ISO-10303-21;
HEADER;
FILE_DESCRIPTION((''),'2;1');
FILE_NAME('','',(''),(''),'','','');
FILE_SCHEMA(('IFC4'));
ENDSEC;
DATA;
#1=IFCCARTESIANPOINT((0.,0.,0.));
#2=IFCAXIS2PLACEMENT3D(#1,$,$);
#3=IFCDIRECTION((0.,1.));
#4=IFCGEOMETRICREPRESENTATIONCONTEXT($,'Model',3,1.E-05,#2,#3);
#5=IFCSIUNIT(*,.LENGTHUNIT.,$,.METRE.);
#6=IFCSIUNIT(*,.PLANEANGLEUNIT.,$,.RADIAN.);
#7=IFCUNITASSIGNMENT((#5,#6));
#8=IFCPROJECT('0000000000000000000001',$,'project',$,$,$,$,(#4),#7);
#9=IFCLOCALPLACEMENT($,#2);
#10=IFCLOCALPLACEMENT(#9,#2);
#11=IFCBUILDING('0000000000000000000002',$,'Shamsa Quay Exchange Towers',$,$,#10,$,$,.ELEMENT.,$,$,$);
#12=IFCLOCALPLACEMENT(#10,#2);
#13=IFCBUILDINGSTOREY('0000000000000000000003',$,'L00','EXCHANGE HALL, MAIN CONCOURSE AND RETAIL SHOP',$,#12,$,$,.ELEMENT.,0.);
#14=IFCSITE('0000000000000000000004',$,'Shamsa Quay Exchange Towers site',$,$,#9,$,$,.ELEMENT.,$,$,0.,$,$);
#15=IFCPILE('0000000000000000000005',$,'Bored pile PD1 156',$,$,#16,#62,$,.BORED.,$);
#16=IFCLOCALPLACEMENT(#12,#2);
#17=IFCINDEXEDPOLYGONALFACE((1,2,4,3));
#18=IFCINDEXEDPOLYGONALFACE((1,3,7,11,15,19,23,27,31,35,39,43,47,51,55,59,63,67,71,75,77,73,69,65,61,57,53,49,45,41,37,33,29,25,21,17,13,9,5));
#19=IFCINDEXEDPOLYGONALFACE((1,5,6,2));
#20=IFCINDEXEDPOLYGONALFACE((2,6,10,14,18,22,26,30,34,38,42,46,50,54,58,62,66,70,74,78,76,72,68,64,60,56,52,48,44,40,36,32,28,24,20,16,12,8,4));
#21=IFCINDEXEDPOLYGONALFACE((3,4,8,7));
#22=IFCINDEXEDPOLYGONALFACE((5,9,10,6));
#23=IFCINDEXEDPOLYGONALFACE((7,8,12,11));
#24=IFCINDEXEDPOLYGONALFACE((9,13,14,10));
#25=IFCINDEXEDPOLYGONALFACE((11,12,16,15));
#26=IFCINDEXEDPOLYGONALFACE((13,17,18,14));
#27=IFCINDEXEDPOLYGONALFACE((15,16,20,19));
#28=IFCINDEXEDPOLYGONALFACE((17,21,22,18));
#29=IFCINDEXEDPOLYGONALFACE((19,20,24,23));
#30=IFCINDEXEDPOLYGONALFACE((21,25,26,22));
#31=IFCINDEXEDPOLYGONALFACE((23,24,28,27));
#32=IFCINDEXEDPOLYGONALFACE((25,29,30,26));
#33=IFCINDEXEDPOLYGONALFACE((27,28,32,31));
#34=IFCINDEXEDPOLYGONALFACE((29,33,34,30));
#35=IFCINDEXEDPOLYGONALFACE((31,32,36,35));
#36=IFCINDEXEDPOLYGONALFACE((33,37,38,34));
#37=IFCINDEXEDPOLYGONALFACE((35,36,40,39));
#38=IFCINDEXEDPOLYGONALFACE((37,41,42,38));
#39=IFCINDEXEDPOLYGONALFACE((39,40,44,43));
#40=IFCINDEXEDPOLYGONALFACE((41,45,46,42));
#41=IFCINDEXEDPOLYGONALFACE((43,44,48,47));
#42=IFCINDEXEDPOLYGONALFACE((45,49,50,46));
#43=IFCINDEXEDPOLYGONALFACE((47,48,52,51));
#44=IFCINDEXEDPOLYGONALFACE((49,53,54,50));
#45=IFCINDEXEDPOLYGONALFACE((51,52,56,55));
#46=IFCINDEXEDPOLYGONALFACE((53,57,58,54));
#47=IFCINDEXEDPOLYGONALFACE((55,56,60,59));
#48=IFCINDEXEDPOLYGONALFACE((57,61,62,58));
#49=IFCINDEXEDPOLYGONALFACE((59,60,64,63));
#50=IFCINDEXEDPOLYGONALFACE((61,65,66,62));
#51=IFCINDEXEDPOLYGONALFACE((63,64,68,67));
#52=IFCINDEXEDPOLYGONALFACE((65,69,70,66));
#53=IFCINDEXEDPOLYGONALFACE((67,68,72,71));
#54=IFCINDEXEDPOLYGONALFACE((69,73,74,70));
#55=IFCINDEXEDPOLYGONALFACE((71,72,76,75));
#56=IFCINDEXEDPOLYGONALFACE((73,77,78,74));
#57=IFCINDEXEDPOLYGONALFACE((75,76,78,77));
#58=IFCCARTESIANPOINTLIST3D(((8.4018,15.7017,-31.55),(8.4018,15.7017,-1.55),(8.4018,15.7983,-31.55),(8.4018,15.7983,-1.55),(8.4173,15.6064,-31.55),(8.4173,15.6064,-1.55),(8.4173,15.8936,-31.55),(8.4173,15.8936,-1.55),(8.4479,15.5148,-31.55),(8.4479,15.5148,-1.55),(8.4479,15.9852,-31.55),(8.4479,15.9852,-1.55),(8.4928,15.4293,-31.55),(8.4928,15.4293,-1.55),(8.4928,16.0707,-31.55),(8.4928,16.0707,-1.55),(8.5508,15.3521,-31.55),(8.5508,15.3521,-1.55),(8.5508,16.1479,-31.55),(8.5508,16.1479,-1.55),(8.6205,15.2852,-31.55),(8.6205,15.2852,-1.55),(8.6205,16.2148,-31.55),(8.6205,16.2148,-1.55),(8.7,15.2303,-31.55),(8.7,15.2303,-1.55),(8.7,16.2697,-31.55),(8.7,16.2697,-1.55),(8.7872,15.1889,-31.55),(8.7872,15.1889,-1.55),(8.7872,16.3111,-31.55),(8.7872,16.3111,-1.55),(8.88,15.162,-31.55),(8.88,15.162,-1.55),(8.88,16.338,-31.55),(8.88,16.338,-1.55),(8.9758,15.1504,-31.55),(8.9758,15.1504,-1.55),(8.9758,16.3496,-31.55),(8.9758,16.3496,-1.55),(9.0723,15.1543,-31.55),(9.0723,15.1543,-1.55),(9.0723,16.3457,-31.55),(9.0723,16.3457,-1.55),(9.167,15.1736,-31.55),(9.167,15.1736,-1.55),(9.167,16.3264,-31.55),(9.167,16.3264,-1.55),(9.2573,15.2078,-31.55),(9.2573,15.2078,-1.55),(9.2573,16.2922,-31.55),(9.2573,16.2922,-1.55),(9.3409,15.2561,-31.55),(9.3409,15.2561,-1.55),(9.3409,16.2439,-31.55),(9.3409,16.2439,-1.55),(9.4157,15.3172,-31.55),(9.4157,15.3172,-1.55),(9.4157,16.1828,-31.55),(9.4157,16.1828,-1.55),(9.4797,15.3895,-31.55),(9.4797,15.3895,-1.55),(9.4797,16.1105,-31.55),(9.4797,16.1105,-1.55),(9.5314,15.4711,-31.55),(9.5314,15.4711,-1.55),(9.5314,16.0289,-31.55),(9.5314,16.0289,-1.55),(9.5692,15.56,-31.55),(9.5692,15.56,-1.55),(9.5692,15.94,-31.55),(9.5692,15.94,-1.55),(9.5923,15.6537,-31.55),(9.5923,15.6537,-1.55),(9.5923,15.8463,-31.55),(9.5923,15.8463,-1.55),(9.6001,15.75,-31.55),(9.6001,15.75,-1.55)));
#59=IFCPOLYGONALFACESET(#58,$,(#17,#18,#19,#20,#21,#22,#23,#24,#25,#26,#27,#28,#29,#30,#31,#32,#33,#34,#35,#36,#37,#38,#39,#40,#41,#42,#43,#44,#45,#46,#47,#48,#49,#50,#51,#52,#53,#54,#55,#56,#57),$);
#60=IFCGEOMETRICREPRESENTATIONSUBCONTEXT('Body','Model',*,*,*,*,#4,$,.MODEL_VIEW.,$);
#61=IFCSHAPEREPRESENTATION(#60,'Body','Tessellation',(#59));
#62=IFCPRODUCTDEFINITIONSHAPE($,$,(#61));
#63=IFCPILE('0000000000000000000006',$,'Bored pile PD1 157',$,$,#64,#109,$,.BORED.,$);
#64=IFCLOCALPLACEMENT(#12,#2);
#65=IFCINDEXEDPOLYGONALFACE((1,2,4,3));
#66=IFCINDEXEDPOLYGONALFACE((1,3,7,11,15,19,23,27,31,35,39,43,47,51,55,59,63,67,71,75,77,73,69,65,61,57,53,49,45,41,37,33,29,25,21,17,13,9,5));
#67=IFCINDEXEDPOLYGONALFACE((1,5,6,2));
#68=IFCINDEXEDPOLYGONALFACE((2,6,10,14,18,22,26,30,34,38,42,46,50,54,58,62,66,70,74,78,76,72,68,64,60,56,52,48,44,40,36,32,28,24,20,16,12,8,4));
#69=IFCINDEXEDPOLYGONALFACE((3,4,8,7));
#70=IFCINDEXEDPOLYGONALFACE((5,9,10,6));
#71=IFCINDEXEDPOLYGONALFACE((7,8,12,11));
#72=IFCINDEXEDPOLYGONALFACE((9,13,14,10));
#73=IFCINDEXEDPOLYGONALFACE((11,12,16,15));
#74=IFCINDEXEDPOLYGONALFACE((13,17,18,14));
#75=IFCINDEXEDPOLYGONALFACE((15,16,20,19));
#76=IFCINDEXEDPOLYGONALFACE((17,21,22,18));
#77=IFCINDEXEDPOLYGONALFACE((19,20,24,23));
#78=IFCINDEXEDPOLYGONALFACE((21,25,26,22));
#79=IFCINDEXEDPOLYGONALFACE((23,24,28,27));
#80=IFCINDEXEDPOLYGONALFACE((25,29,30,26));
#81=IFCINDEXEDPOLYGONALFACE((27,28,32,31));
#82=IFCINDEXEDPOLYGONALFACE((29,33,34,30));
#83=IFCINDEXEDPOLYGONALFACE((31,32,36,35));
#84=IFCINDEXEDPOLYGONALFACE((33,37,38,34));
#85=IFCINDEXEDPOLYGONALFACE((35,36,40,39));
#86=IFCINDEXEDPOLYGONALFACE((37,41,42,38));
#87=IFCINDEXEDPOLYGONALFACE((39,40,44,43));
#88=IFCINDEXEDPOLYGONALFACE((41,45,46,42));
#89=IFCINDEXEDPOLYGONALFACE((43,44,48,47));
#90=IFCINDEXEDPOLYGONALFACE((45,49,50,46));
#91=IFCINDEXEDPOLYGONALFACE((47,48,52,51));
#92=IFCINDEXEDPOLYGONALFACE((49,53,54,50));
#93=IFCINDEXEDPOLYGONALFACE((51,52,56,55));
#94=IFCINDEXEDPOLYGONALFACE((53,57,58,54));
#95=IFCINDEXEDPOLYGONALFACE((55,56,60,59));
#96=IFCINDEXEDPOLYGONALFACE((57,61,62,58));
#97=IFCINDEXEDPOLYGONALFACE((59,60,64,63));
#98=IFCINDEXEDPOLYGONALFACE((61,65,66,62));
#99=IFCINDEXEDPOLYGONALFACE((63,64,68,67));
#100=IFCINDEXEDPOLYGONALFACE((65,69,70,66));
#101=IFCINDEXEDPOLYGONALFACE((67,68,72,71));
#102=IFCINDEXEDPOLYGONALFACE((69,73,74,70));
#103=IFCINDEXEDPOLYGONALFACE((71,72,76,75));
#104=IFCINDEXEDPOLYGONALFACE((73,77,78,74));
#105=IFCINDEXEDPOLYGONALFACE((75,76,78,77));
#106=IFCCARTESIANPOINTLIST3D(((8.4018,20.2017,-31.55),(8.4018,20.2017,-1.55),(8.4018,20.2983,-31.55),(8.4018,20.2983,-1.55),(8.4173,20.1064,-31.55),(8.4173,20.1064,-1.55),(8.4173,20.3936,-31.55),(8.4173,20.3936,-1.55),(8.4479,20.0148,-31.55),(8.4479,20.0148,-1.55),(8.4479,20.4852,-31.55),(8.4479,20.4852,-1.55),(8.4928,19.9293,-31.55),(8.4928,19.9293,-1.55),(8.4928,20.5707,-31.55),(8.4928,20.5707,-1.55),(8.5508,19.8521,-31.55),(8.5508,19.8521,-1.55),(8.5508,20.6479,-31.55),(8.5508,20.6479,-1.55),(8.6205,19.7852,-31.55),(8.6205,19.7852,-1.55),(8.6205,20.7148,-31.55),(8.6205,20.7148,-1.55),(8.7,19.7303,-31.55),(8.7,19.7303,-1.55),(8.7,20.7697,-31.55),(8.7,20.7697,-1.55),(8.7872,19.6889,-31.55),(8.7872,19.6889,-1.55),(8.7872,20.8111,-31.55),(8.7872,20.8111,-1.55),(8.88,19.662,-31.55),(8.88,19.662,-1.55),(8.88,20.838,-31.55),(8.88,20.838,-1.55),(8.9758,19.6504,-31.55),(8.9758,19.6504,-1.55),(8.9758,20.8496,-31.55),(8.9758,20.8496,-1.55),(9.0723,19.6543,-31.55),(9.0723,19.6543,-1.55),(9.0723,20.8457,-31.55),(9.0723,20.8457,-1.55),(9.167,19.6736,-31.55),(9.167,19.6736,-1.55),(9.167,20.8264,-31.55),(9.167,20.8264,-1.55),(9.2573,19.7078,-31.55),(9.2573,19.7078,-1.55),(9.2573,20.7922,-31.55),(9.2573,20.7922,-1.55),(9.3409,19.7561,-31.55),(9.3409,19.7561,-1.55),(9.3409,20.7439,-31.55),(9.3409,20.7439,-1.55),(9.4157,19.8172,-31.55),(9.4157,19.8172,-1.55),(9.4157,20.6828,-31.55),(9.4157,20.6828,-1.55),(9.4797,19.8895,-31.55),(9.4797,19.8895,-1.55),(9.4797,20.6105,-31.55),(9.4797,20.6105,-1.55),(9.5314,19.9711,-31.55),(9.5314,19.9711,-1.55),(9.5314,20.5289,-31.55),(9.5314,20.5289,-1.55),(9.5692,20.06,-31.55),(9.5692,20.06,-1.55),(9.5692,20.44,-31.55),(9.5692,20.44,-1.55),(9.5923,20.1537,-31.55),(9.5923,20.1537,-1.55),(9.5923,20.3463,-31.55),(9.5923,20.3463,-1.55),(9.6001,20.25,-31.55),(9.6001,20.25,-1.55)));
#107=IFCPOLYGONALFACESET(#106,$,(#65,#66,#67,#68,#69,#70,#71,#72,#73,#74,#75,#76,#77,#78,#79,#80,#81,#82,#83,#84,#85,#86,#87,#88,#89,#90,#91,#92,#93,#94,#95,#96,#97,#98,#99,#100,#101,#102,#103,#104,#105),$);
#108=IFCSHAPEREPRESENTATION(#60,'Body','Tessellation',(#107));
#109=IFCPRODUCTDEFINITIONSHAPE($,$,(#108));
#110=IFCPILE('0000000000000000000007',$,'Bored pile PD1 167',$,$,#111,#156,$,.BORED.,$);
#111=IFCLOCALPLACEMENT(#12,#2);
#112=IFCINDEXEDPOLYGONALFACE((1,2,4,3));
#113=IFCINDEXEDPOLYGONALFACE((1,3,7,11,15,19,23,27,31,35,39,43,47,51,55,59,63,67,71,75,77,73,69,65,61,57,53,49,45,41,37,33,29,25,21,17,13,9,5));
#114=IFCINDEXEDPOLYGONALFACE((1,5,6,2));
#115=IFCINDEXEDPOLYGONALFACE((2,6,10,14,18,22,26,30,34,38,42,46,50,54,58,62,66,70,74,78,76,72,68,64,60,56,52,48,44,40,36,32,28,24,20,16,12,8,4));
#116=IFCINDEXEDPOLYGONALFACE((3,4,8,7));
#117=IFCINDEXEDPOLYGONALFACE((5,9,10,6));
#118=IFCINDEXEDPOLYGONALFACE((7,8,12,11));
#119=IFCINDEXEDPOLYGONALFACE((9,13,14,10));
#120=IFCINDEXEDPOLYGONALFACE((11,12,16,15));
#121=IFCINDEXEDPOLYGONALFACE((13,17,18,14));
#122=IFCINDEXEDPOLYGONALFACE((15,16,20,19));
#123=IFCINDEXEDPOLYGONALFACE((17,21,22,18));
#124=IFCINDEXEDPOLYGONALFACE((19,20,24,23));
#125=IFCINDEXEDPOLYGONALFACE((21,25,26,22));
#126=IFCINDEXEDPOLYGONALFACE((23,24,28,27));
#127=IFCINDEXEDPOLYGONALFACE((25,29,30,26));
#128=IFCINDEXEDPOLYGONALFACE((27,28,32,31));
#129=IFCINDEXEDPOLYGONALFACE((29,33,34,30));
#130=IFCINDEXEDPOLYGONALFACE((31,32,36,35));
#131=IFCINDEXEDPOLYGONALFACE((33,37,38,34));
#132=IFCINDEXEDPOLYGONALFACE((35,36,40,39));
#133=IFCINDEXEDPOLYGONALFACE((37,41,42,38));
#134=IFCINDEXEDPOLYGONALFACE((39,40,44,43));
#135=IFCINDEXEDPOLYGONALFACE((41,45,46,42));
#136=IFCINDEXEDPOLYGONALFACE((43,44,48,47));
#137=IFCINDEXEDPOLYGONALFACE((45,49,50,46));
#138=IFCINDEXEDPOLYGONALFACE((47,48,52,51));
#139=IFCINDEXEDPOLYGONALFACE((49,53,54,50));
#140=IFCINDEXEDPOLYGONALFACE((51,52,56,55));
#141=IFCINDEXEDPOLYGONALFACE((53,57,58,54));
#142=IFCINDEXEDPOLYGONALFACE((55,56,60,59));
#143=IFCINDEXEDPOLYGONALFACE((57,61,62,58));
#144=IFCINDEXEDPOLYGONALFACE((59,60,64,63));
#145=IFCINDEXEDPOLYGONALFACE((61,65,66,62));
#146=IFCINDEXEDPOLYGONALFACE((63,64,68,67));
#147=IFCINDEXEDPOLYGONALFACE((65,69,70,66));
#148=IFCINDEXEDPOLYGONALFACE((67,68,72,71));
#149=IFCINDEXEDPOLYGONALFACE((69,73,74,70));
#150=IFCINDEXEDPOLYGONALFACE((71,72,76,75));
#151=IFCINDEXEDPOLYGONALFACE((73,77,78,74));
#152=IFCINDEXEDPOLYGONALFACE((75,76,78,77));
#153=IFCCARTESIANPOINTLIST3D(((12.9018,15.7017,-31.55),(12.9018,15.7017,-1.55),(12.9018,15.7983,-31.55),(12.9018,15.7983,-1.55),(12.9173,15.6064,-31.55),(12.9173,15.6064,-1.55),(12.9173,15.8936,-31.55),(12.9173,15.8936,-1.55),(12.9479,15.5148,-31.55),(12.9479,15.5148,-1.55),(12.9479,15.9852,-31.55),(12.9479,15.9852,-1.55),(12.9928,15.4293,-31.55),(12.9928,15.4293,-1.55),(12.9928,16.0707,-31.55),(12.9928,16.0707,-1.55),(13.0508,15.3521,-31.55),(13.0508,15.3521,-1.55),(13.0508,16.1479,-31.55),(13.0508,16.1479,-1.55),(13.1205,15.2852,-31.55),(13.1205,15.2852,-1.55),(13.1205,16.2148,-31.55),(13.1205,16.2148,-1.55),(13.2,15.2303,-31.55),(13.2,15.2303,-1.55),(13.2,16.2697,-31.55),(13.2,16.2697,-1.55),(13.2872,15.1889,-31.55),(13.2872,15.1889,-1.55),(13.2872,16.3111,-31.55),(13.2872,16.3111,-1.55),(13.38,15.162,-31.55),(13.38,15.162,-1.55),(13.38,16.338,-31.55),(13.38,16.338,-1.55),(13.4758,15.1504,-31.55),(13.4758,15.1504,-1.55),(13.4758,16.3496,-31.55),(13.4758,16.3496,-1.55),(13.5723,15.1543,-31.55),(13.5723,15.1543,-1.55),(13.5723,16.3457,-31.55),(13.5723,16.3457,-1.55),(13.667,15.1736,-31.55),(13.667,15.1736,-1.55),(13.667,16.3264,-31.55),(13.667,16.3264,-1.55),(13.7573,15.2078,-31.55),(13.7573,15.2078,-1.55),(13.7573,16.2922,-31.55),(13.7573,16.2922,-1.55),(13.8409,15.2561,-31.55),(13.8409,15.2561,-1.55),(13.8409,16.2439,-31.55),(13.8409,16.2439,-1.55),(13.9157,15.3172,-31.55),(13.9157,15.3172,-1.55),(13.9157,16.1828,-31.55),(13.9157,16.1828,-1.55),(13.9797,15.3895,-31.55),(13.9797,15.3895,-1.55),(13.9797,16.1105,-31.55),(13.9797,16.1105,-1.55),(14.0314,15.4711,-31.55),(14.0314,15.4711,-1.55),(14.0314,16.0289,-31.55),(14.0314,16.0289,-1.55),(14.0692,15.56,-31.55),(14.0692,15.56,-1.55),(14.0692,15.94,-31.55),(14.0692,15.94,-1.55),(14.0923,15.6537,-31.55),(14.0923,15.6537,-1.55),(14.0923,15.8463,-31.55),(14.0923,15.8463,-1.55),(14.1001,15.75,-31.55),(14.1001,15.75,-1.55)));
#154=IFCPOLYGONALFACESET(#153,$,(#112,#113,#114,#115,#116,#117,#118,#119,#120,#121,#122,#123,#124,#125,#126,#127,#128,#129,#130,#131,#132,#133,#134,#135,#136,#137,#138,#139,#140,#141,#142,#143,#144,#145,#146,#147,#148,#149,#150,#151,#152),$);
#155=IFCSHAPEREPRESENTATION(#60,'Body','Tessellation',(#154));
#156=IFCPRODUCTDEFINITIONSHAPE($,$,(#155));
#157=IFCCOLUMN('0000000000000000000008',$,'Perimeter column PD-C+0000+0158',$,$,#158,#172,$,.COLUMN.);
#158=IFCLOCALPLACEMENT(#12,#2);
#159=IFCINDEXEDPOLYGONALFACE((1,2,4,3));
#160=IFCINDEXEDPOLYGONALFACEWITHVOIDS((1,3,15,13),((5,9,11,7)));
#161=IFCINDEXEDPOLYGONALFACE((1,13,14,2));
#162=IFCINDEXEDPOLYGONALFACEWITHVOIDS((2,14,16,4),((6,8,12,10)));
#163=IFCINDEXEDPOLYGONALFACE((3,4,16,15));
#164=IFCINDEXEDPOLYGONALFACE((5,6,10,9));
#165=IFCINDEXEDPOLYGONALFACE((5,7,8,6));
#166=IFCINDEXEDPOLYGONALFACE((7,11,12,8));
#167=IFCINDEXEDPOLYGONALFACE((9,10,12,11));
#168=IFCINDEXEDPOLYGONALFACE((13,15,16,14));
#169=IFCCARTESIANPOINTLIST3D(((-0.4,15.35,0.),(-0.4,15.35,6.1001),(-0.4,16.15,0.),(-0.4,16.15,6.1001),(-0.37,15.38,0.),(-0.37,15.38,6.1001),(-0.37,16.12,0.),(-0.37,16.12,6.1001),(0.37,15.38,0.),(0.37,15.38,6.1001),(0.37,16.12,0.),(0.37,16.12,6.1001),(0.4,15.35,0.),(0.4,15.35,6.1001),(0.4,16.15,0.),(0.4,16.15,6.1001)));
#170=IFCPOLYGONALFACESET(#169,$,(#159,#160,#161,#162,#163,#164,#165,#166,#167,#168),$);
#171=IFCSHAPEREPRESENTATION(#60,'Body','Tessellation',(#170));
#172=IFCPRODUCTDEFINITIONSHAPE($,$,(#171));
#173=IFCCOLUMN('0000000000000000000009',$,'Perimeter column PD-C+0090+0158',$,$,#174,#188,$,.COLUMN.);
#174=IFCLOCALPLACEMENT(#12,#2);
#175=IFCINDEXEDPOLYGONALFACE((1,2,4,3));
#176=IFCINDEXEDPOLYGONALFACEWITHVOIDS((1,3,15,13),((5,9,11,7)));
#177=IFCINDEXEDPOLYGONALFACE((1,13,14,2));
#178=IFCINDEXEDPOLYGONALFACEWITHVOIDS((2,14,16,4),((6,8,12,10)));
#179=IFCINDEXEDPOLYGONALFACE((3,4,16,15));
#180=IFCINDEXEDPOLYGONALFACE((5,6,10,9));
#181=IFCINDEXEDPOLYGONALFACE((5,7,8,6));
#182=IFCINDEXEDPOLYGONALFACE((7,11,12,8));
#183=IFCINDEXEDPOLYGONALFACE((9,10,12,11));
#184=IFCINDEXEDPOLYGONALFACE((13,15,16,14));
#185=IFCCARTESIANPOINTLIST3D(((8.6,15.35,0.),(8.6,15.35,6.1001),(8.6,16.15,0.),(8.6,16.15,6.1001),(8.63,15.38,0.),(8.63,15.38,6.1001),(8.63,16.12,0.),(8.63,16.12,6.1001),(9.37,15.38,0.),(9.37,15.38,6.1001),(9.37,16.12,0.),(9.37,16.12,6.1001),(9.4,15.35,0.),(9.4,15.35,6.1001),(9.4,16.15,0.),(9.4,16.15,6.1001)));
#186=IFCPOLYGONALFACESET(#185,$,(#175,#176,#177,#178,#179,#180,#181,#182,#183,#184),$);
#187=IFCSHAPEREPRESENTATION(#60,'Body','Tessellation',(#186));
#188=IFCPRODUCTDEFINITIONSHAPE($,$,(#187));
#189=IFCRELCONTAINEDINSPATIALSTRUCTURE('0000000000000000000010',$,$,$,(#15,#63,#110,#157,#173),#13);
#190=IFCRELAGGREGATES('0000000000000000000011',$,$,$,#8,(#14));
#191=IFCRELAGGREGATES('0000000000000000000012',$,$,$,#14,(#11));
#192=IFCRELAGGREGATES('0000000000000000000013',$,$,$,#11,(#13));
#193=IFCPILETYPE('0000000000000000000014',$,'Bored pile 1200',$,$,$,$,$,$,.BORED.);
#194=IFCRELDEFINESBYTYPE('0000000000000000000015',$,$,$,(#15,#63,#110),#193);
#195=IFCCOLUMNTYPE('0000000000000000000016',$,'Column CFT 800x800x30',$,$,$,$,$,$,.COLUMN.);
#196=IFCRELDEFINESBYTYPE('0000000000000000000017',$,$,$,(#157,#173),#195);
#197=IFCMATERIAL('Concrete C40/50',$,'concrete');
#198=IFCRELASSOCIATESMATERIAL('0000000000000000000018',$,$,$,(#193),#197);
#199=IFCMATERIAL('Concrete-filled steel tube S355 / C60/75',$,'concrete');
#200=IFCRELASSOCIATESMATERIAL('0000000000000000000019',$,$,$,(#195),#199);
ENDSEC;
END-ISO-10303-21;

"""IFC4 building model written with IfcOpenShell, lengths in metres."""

from ifc_helpers import new_model, si_unit, direction, frame, origin, origin_2d, place, context, subcontext, project, spatial, hollow_rectangle, circle, extrude, material, material_profile, profile_set, type_object, element, save


model = new_model("IFC4")

# Units and contexts
model_context = context("Model", 3, precision=1e-05, world=origin(), true_north=direction((0.0, 1.0)))
body_context = subcontext(model_context, "Body", "Model", "MODEL_VIEW")
ifc_project = project(units=[si_unit("LENGTHUNIT", "METRE"), si_unit("PLANEANGLEUNIT", "RADIAN")], contexts=[model_context])

# Site, building, storey
site_placement = place(None, origin())
site = spatial("IfcSite", under=ifc_project, at=site_placement, Name="Shamsa Quay Exchange Towers site", CompositionType="ELEMENT", RefElevation=0.0)
building_placement = place(site_placement, origin())
building = spatial("IfcBuilding", under=site, at=building_placement, Name="Shamsa Quay Exchange Towers", CompositionType="ELEMENT")
storey_placement = place(building_placement, origin())
storey = spatial("IfcBuildingStorey", under=building, at=storey_placement, Name="L00", Description="EXCHANGE HALL, MAIN CONCOURSE AND RETAIL SHOP", CompositionType="ELEMENT", Elevation=0.0)

# Piles
ifc_material_1 = material(Name="Concrete C40/50", Category="concrete")
ifc_material_profile_1 = material_profile(ifc_material_1, circle(Radius=0.6001, at=origin_2d()), Name="BP1200")
ifc_profile_set_1 = profile_set([ifc_material_profile_1], Name="Concrete C40/50")
pile_type = type_object("IfcPileType", Name="Bored pile 1200", PredefinedType="BORED", material=ifc_profile_set_1)
for number, where, z_axis, x_axis, name in (
    (1, (9.0, 15.75, -1.55), (0.0, 0.0, -1.0), (1.0, 0.0, 0.0), "Bored pile PD1 156"),
    (2, (9.0, 20.25, -1.55), (0.0, 0.0, -1.0), (1.0, 0.0, 0.0), "Bored pile PD1 157"),
    (3, (13.5, 15.75, -1.55), (0.0, 0.0, -1.0), (1.0, 0.0, 0.0), "Bored pile PD1 167"),
):
    element("IfcPile", number, at=place(storey_placement, frame(where, z_axis=z_axis, x_axis=x_axis)), inside=storey, type_object=pile_type, Name=name, PredefinedType="BORED", context=body_context, shape_type="SweptSolid", body=[
        extrude(circle(Radius=0.6001, at=origin_2d()), origin(), (0.0, 0.0, 1.0), 30.0),
    ])

# Columns
ifc_material_2 = material(Name="Concrete-filled steel tube S355 / C60/75", Category="concrete")
ifc_material_profile_2 = material_profile(ifc_material_2, hollow_rectangle(XDim=0.8, YDim=0.8, WallThickness=0.03, at=origin_2d()), Name="CFT 800x800x30")
ifc_profile_set_2 = profile_set([ifc_material_profile_2], Name="Concrete-filled steel tube S355 / C60/75")
column_type = type_object("IfcColumnType", Name="Column CFT 800x800x30", PredefinedType="COLUMN", material=ifc_profile_set_2)
for number, where, name in (
    (4, (0.0, 15.75, 0.0), "Perimeter column PD-C+0000+0158"),
    (5, (9.0, 15.75, 0.0), "Perimeter column PD-C+0090+0158"),
):
    element("IfcColumn", number, at=place(storey_placement, frame(where)), inside=storey, type_object=column_type, Name=name, PredefinedType="COLUMN", context=body_context, shape_type="SweptSolid", body=[
        extrude(hollow_rectangle(XDim=0.8, YDim=0.8, WallThickness=0.03, at=origin_2d()), origin(), (0.0, 0.0, 1.0), 6.1001),
    ])

save(model, "model.ifc")
